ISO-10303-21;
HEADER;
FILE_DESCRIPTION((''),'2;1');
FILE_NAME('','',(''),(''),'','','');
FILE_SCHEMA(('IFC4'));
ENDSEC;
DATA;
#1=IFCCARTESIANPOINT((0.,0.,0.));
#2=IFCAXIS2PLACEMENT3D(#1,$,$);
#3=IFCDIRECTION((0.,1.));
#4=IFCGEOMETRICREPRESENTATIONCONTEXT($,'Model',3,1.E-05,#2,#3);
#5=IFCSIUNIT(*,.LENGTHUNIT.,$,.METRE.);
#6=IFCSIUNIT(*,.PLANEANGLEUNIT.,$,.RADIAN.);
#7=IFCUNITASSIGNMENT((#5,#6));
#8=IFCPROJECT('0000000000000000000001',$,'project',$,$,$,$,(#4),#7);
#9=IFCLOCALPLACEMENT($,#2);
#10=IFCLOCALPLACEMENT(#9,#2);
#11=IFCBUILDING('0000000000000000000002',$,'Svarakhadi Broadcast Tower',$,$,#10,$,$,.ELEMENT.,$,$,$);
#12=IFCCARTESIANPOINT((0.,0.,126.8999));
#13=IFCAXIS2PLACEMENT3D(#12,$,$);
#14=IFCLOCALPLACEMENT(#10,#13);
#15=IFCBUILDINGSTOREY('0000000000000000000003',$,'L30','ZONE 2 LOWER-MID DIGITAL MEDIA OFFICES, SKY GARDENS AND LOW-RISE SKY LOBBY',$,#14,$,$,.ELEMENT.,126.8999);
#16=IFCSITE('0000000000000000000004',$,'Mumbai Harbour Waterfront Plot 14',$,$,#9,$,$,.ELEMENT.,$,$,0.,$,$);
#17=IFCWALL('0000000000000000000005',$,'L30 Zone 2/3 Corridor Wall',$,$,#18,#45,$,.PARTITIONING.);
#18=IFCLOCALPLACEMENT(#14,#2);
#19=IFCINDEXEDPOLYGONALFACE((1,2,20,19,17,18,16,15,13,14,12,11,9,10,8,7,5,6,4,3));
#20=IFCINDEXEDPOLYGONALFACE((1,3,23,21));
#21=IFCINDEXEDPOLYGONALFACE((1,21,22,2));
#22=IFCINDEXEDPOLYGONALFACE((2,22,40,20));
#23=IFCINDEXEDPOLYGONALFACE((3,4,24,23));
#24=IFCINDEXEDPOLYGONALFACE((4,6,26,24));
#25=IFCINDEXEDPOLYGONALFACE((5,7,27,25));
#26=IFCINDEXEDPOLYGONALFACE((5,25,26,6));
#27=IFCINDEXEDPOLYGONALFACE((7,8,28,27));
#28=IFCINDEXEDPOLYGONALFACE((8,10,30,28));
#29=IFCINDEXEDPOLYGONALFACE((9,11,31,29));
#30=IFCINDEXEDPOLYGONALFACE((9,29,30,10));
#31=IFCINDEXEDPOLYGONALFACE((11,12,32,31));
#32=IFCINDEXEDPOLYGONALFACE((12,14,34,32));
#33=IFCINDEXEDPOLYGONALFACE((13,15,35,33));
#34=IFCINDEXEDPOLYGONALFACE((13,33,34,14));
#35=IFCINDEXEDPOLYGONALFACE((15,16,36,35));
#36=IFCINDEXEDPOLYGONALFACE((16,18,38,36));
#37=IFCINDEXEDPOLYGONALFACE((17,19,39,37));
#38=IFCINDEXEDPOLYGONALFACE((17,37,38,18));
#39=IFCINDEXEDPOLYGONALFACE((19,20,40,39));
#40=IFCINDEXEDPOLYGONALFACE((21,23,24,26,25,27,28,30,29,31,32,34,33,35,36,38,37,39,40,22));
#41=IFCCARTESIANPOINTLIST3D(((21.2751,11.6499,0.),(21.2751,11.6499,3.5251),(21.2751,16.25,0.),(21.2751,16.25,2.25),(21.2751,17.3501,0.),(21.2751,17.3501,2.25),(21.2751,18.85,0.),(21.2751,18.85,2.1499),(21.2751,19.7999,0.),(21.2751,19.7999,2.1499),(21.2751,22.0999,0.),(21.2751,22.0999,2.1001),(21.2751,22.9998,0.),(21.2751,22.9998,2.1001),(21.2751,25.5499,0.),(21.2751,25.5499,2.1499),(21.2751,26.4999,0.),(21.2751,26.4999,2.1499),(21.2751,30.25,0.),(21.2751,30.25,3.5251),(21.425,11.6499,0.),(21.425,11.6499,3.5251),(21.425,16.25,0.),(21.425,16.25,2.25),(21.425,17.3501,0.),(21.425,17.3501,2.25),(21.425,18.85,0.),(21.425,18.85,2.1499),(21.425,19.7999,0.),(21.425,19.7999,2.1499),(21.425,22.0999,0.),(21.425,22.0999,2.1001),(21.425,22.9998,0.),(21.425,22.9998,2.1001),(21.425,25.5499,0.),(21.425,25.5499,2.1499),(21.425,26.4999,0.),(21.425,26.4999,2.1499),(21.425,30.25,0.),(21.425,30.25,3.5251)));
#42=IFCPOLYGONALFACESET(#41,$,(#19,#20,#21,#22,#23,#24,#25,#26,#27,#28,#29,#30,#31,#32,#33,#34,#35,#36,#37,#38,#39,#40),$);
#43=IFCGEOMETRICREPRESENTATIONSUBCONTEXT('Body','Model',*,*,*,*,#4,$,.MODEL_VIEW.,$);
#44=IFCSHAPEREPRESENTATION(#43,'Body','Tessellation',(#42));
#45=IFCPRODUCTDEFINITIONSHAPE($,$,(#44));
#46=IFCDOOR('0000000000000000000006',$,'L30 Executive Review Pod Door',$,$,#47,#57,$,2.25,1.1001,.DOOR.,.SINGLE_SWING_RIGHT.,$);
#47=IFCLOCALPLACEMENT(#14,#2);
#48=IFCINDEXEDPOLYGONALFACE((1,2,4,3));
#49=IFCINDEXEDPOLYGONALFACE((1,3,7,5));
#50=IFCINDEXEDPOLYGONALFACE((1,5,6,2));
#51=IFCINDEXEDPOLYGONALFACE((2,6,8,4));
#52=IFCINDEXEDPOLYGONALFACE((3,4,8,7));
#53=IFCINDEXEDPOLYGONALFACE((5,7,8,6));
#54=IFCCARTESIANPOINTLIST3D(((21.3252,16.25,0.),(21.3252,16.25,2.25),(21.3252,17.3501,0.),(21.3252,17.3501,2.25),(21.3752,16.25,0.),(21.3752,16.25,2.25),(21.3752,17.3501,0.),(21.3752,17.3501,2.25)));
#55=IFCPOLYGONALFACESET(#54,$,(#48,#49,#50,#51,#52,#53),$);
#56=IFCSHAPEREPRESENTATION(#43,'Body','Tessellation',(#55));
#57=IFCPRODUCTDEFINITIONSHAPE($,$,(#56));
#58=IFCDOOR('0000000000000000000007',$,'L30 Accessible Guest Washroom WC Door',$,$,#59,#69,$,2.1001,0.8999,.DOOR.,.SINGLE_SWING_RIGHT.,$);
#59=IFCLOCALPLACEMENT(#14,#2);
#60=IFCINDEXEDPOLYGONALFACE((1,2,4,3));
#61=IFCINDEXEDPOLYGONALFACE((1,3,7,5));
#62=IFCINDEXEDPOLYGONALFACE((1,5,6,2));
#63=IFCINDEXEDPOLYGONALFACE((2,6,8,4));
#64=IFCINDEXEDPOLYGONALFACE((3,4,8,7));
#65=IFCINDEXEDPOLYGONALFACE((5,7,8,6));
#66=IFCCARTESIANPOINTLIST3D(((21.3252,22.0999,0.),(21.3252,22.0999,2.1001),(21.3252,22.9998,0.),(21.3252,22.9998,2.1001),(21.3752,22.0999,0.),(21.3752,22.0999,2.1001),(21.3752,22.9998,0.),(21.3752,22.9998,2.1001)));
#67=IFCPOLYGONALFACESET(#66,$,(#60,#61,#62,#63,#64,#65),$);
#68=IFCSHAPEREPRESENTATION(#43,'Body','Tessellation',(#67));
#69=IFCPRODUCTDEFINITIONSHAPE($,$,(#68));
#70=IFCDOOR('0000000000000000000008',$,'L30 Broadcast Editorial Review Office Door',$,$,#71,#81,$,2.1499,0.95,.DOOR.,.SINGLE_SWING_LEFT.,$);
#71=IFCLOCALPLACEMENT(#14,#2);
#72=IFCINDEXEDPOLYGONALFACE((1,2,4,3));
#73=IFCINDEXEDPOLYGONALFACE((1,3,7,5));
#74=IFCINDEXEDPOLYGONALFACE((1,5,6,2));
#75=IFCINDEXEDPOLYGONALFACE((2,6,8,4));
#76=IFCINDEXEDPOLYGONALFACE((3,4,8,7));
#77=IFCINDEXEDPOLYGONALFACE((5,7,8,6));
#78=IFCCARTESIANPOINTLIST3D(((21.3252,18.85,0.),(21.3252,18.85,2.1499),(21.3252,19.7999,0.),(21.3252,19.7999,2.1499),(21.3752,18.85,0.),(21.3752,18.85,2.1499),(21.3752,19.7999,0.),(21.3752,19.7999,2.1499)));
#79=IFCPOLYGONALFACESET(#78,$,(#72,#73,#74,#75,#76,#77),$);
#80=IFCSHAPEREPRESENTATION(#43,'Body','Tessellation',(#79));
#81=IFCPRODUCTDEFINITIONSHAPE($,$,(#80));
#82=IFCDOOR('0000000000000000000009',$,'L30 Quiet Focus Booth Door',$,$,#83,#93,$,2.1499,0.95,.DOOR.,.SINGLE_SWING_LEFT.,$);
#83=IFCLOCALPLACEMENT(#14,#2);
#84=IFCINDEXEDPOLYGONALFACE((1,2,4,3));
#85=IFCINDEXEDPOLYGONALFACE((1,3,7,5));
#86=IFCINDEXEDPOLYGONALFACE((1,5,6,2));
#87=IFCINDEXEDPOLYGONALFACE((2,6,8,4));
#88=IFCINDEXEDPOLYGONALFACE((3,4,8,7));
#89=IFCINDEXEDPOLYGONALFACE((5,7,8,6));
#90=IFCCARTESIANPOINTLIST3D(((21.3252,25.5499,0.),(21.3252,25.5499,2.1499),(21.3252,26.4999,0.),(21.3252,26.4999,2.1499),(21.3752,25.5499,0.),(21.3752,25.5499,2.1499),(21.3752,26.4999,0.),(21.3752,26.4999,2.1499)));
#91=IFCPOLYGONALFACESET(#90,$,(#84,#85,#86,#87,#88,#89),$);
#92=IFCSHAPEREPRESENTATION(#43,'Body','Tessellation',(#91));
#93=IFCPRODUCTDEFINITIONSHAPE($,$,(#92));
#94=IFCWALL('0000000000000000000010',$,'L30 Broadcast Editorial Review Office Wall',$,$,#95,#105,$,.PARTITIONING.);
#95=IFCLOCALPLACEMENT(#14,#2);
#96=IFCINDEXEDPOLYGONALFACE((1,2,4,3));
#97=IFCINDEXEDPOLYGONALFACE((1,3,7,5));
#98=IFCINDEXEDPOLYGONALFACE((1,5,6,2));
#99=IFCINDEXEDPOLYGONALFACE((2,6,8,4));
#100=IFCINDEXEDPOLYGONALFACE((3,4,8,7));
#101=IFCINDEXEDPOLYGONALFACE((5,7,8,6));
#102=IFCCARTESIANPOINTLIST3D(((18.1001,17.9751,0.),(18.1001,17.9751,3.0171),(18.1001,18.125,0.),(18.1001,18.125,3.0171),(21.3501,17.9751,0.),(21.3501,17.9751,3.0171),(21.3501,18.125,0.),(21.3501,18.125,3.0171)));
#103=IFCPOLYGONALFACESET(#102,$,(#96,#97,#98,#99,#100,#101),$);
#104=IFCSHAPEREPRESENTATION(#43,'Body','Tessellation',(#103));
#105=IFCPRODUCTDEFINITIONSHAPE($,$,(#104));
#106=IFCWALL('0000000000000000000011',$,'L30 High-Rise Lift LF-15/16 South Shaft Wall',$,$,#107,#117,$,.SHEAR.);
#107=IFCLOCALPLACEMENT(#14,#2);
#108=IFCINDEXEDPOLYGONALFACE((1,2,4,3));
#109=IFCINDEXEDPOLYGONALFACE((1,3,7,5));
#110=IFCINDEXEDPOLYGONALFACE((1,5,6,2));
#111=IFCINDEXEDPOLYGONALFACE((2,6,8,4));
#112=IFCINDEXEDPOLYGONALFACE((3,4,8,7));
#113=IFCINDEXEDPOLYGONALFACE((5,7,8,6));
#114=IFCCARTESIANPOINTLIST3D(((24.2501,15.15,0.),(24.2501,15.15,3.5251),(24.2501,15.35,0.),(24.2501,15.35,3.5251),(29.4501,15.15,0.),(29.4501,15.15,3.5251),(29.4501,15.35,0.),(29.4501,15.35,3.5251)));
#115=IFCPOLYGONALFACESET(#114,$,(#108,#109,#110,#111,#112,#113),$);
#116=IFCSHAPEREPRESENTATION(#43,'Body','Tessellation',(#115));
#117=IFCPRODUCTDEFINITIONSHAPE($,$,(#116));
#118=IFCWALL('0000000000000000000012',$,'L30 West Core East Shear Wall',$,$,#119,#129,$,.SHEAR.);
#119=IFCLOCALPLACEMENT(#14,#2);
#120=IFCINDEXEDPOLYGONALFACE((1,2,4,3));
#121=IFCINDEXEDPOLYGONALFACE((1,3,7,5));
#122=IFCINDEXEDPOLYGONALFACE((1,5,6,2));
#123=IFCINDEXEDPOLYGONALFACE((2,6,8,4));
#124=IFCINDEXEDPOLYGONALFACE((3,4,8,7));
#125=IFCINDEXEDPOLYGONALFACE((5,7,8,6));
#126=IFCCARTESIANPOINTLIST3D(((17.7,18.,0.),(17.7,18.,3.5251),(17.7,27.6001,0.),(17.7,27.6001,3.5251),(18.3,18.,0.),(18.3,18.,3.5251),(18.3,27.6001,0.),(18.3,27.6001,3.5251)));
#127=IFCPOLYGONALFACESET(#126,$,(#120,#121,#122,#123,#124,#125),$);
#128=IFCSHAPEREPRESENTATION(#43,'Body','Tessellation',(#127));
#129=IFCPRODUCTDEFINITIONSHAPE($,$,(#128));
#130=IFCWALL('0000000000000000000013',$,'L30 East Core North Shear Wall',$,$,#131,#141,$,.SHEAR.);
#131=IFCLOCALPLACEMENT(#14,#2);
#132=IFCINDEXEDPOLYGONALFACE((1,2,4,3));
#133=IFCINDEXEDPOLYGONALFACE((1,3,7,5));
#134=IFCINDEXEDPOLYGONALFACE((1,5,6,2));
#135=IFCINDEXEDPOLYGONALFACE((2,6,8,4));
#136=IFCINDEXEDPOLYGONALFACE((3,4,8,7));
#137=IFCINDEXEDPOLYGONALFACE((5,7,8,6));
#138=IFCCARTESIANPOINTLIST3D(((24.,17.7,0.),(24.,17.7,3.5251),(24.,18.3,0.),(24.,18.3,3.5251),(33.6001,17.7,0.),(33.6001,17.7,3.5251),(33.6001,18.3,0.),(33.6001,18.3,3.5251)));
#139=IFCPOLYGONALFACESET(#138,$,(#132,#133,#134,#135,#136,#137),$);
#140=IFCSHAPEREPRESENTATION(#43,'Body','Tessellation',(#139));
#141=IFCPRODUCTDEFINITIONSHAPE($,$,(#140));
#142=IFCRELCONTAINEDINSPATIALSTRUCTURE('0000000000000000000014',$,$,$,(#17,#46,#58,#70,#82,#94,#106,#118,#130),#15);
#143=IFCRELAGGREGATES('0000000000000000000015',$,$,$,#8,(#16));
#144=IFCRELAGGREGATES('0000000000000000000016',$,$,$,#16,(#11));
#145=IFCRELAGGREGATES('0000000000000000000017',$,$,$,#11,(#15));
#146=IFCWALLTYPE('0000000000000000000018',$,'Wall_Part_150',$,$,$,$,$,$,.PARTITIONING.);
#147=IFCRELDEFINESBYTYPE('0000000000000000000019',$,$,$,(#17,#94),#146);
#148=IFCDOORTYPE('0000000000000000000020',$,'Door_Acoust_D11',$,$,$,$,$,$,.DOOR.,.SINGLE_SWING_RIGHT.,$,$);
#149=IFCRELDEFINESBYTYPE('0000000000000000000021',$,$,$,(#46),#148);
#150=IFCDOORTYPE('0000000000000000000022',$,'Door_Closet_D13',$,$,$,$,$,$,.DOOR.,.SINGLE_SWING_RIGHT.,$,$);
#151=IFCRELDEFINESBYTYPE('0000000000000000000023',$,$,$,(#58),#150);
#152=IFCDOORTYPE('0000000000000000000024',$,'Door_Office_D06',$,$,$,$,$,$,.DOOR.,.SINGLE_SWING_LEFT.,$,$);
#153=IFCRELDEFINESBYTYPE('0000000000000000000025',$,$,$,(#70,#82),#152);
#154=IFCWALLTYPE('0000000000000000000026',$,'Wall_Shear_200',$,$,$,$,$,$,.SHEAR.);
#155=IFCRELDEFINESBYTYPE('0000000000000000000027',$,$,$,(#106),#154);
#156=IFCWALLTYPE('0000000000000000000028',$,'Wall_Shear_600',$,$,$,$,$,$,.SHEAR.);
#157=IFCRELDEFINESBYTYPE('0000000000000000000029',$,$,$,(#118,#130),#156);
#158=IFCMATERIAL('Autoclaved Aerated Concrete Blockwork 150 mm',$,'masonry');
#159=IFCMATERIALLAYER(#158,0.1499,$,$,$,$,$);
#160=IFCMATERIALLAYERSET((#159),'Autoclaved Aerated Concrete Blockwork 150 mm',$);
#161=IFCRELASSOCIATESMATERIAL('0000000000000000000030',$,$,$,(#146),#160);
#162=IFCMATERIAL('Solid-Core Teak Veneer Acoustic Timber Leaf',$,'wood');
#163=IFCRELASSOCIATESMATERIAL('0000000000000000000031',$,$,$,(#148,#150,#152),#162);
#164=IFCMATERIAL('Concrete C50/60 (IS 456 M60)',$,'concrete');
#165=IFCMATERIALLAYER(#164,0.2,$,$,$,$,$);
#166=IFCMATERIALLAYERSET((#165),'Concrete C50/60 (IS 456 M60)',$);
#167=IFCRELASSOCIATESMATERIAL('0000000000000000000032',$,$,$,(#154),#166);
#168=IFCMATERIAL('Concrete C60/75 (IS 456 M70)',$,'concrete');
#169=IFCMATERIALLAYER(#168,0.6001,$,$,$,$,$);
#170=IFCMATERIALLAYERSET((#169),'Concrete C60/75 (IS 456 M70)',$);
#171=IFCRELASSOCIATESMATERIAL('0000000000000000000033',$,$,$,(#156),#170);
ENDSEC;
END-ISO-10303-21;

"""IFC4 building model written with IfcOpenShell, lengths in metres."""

from ifc_helpers import new_model, si_unit, direction, frame, frame_2d, origin, place, context, subcontext, project, spatial, rectangle, extrude, material, layer, layer_set, type_object, element, fill, save


model = new_model("IFC4")

# Units and contexts
model_context = context("Model", 3, precision=1e-05, world=origin(), true_north=direction((0.0, 1.0)))
body_context = subcontext(model_context, "Body", "Model", "MODEL_VIEW")
ifc_project = project(units=[si_unit("LENGTHUNIT", "METRE"), si_unit("PLANEANGLEUNIT", "RADIAN")], contexts=[model_context])

# Site, building, storey
site_placement = place(None, origin())
site = spatial("IfcSite", under=ifc_project, at=site_placement, Name="Mumbai Harbour Waterfront Plot 14", CompositionType="ELEMENT", RefElevation=0.0)
building_placement = place(site_placement, origin())
building = spatial("IfcBuilding", under=site, at=building_placement, Name="Svarakhadi Broadcast Tower", CompositionType="ELEMENT")
storey_placement = place(building_placement, frame((0.0, 0.0, 126.8999)))
storey = spatial("IfcBuildingStorey", under=building, at=storey_placement, Name="L30", Description="ZONE 2 LOWER-MID DIGITAL MEDIA OFFICES, SKY GARDENS AND LOW-RISE SKY LOBBY", CompositionType="ELEMENT", Elevation=126.8999)

# Shared definitions
ifc_material_1 = material(Name="Concrete C50/60 (IS 456 M60)", Category="concrete")

# Wall, openings, doors
ifc_material_2 = material(Name="Autoclaved Aerated Concrete Blockwork 150 mm", Category="masonry")
ifc_layer_1 = layer(ifc_material_2, 0.1499)
ifc_layer_set_1 = layer_set([ifc_layer_1], Name="Autoclaved Aerated Concrete Blockwork 150 mm")
wall_type_1 = type_object("IfcWallType", Name="Wall_Part_150", PredefinedType="PARTITIONING", material=ifc_layer_set_1)
wall_1_placement = place(storey_placement, frame((21.3501, 11.6499, 0.0), z_axis=(0.0, 0.0, 1.0), x_axis=(0.0, 1.0, 0.0)))
wall_1 = element("IfcWall", 1, at=wall_1_placement, inside=storey, type_object=wall_type_1, Name="L30 Zone 2/3 Corridor Wall", PredefinedType="PARTITIONING", context=body_context, shape_type="SweptSolid", body=[
    extrude(rectangle(XDim=18.6001, YDim=0.1499, at=frame_2d((9.3, 0.0))), origin(), (0.0, 0.0, 1.0), 3.5251),
])
opening_1_placement = place(wall_1_placement, frame((7.2, 0.0, 0.0)))
opening_1 = element("IfcOpeningElement", 2, at=opening_1_placement, cuts=wall_1, PredefinedType="OPENING", context=body_context, shape_type="SweptSolid", body=[
    extrude(rectangle(XDim=0.95, YDim=2.1499, at=frame_2d((0.4751, 1.075))), frame((0.0, 0.085, 0.0), z_axis=(0.0, -1.0, 0.0), x_axis=(1.0, 0.0, 0.0)), (0.0, 0.0, 1.0), 0.1699),
])
opening_2_placement = place(wall_1_placement, frame((10.45, 0.0, 0.0)))
opening_2 = element("IfcOpeningElement", 3, at=opening_2_placement, cuts=wall_1, PredefinedType="OPENING", context=body_context, shape_type="SweptSolid", body=[
    extrude(rectangle(XDim=0.8999, YDim=2.1001, at=frame_2d((0.45, 1.05))), frame((0.0, 0.085, 0.0), z_axis=(0.0, -1.0, 0.0), x_axis=(1.0, 0.0, 0.0)), (0.0, 0.0, 1.0), 0.1699),
])
opening_3_placement = place(wall_1_placement, frame((13.8999, 0.0, 0.0)))
opening_3 = element("IfcOpeningElement", 4, at=opening_3_placement, cuts=wall_1, PredefinedType="OPENING", context=body_context, shape_type="SweptSolid", body=[
    extrude(rectangle(XDim=0.95, YDim=2.1499, at=frame_2d((0.4751, 1.075))), frame((0.0, 0.085, 0.0), z_axis=(0.0, -1.0, 0.0), x_axis=(1.0, 0.0, 0.0)), (0.0, 0.0, 1.0), 0.1699),
])
opening_4_placement = place(wall_1_placement, frame((4.6001, 0.0, 0.0)))
opening_4 = element("IfcOpeningElement", 5, at=opening_4_placement, cuts=wall_1, PredefinedType="OPENING", context=body_context, shape_type="SweptSolid", body=[
    extrude(rectangle(XDim=1.1001, YDim=2.25, at=frame_2d((0.55, 1.125))), frame((0.0, 0.085, 0.0), z_axis=(0.0, -1.0, 0.0), x_axis=(1.0, 0.0, 0.0)), (0.0, 0.0, 1.0), 0.1699),
])
ifc_material_3 = material(Name="Solid-Core Teak Veneer Acoustic Timber Leaf", Category="wood")
door_type_1 = type_object("IfcDoorType", Name="Door_Acoust_D11", OperationType="SINGLE_SWING_RIGHT", PredefinedType="DOOR", material=ifc_material_3)
door_1_placement = place(opening_4_placement, origin())
door_1 = element("IfcDoor", 6, at=door_1_placement, inside=storey, type_object=door_type_1, Name="L30 Executive Review Pod Door", OperationType="SINGLE_SWING_RIGHT", OverallHeight=2.25, OverallWidth=1.1001, PredefinedType="DOOR", context=body_context, shape_type="SweptSolid", body=[
    extrude(rectangle(XDim=1.1001, YDim=2.25, at=frame_2d((0.55, 1.125))), frame((0.0, 0.0249, 0.0), z_axis=(0.0, -1.0, 0.0), x_axis=(1.0, 0.0, 0.0)), (0.0, 0.0, 1.0), 0.05),
])
fill(opening_4, door_1)
door_type_2 = type_object("IfcDoorType", Name="Door_Closet_D13", OperationType="SINGLE_SWING_RIGHT", PredefinedType="DOOR", material=ifc_material_3)
door_2_placement = place(opening_2_placement, origin())
door_2 = element("IfcDoor", 7, at=door_2_placement, inside=storey, type_object=door_type_2, Name="L30 Accessible Guest Washroom WC Door", OperationType="SINGLE_SWING_RIGHT", OverallHeight=2.1001, OverallWidth=0.8999, PredefinedType="DOOR", context=body_context, shape_type="SweptSolid", body=[
    extrude(rectangle(XDim=0.8999, YDim=2.1001, at=frame_2d((0.45, 1.05))), frame((0.0, 0.0249, 0.0), z_axis=(0.0, -1.0, 0.0), x_axis=(1.0, 0.0, 0.0)), (0.0, 0.0, 1.0), 0.05),
])
fill(opening_2, door_2)
door_type_3 = type_object("IfcDoorType", Name="Door_Office_D06", OperationType="SINGLE_SWING_LEFT", PredefinedType="DOOR", material=ifc_material_3)
door_3_placement = place(opening_1_placement, origin())
door_3 = element("IfcDoor", 8, at=door_3_placement, inside=storey, type_object=door_type_3, Name="L30 Broadcast Editorial Review Office Door", OperationType="SINGLE_SWING_LEFT", OverallHeight=2.1499, OverallWidth=0.95, PredefinedType="DOOR", context=body_context, shape_type="SweptSolid", body=[
    extrude(rectangle(XDim=0.95, YDim=2.1499, at=frame_2d((0.4751, 1.075))), frame((0.0, 0.0249, 0.0), z_axis=(0.0, -1.0, 0.0), x_axis=(1.0, 0.0, 0.0)), (0.0, 0.0, 1.0), 0.05),
])
fill(opening_1, door_3)
door_4_placement = place(opening_3_placement, origin())
door_4 = element("IfcDoor", 9, at=door_4_placement, inside=storey, type_object=door_type_3, Name="L30 Quiet Focus Booth Door", OperationType="SINGLE_SWING_LEFT", OverallHeight=2.1499, OverallWidth=0.95, PredefinedType="DOOR", context=body_context, shape_type="SweptSolid", body=[
    extrude(rectangle(XDim=0.95, YDim=2.1499, at=frame_2d((0.4751, 1.075))), frame((0.0, 0.0249, 0.0), z_axis=(0.0, -1.0, 0.0), x_axis=(1.0, 0.0, 0.0)), (0.0, 0.0, 1.0), 0.05),
])
fill(opening_3, door_4)

# Walls
wall_2_placement = place(storey_placement, frame((18.1001, 18.05, 0.0), z_axis=(0.0, 0.0, 1.0), x_axis=(1.0, 0.0, 0.0)))
element("IfcWall", 10, at=wall_2_placement, inside=storey, type_object=wall_type_1, Name="L30 Broadcast Editorial Review Office Wall", PredefinedType="PARTITIONING", context=body_context, shape_type="SweptSolid", body=[
    extrude(rectangle(XDim=3.25, YDim=0.1499, at=frame_2d((1.625, 0.0))), origin(), (0.0, 0.0, 1.0), 3.0171),
])
ifc_layer_2 = layer(ifc_material_1, 0.2)
ifc_layer_set_2 = layer_set([ifc_layer_2], Name="Concrete C50/60 (IS 456 M60)")
wall_type_2 = type_object("IfcWallType", Name="Wall_Shear_200", PredefinedType="SHEAR", material=ifc_layer_set_2)
wall_3_placement = place(storey_placement, frame((24.25, 15.25, 0.0), z_axis=(0.0, 0.0, 1.0), x_axis=(1.0, 0.0, 0.0)))
element("IfcWall", 11, at=wall_3_placement, inside=storey, type_object=wall_type_2, Name="L30 High-Rise Lift LF-15/16 South Shaft Wall", PredefinedType="SHEAR", context=body_context, shape_type="SweptSolid", body=[
    extrude(rectangle(XDim=5.2, YDim=0.2, at=frame_2d((2.6001, 0.0))), origin(), (0.0, 0.0, 1.0), 3.5251),
])

# Walls
ifc_material_4 = material(Name="Concrete C60/75 (IS 456 M70)", Category="concrete")
ifc_layer_3 = layer(ifc_material_4, 0.6001)
ifc_layer_set_3 = layer_set([ifc_layer_3], Name="Concrete C60/75 (IS 456 M70)")
wall_type_3 = type_object("IfcWallType", Name="Wall_Shear_600", PredefinedType="SHEAR", material=ifc_layer_set_3)
for number, where, z_axis, x_axis, name in (
    (12, (18.0, 18.0, 0.0), (0.0, 0.0, 1.0), (0.0, 1.0, 0.0), "L30 West Core East Shear Wall"),
    (13, (24.0, 18.0, 0.0), (0.0, 0.0, 1.0), (1.0, 0.0, 0.0), "L30 East Core North Shear Wall"),
):
    element("IfcWall", number, at=place(storey_placement, frame(where, z_axis=z_axis, x_axis=x_axis)), inside=storey, type_object=wall_type_3, Name=name, PredefinedType="SHEAR", context=body_context, shape_type="SweptSolid", body=[
        extrude(rectangle(XDim=9.6001, YDim=0.6001, at=frame_2d((4.8, 0.0))), origin(), (0.0, 0.0, 1.0), 3.5251),
    ])

save(model, "model.ifc")
